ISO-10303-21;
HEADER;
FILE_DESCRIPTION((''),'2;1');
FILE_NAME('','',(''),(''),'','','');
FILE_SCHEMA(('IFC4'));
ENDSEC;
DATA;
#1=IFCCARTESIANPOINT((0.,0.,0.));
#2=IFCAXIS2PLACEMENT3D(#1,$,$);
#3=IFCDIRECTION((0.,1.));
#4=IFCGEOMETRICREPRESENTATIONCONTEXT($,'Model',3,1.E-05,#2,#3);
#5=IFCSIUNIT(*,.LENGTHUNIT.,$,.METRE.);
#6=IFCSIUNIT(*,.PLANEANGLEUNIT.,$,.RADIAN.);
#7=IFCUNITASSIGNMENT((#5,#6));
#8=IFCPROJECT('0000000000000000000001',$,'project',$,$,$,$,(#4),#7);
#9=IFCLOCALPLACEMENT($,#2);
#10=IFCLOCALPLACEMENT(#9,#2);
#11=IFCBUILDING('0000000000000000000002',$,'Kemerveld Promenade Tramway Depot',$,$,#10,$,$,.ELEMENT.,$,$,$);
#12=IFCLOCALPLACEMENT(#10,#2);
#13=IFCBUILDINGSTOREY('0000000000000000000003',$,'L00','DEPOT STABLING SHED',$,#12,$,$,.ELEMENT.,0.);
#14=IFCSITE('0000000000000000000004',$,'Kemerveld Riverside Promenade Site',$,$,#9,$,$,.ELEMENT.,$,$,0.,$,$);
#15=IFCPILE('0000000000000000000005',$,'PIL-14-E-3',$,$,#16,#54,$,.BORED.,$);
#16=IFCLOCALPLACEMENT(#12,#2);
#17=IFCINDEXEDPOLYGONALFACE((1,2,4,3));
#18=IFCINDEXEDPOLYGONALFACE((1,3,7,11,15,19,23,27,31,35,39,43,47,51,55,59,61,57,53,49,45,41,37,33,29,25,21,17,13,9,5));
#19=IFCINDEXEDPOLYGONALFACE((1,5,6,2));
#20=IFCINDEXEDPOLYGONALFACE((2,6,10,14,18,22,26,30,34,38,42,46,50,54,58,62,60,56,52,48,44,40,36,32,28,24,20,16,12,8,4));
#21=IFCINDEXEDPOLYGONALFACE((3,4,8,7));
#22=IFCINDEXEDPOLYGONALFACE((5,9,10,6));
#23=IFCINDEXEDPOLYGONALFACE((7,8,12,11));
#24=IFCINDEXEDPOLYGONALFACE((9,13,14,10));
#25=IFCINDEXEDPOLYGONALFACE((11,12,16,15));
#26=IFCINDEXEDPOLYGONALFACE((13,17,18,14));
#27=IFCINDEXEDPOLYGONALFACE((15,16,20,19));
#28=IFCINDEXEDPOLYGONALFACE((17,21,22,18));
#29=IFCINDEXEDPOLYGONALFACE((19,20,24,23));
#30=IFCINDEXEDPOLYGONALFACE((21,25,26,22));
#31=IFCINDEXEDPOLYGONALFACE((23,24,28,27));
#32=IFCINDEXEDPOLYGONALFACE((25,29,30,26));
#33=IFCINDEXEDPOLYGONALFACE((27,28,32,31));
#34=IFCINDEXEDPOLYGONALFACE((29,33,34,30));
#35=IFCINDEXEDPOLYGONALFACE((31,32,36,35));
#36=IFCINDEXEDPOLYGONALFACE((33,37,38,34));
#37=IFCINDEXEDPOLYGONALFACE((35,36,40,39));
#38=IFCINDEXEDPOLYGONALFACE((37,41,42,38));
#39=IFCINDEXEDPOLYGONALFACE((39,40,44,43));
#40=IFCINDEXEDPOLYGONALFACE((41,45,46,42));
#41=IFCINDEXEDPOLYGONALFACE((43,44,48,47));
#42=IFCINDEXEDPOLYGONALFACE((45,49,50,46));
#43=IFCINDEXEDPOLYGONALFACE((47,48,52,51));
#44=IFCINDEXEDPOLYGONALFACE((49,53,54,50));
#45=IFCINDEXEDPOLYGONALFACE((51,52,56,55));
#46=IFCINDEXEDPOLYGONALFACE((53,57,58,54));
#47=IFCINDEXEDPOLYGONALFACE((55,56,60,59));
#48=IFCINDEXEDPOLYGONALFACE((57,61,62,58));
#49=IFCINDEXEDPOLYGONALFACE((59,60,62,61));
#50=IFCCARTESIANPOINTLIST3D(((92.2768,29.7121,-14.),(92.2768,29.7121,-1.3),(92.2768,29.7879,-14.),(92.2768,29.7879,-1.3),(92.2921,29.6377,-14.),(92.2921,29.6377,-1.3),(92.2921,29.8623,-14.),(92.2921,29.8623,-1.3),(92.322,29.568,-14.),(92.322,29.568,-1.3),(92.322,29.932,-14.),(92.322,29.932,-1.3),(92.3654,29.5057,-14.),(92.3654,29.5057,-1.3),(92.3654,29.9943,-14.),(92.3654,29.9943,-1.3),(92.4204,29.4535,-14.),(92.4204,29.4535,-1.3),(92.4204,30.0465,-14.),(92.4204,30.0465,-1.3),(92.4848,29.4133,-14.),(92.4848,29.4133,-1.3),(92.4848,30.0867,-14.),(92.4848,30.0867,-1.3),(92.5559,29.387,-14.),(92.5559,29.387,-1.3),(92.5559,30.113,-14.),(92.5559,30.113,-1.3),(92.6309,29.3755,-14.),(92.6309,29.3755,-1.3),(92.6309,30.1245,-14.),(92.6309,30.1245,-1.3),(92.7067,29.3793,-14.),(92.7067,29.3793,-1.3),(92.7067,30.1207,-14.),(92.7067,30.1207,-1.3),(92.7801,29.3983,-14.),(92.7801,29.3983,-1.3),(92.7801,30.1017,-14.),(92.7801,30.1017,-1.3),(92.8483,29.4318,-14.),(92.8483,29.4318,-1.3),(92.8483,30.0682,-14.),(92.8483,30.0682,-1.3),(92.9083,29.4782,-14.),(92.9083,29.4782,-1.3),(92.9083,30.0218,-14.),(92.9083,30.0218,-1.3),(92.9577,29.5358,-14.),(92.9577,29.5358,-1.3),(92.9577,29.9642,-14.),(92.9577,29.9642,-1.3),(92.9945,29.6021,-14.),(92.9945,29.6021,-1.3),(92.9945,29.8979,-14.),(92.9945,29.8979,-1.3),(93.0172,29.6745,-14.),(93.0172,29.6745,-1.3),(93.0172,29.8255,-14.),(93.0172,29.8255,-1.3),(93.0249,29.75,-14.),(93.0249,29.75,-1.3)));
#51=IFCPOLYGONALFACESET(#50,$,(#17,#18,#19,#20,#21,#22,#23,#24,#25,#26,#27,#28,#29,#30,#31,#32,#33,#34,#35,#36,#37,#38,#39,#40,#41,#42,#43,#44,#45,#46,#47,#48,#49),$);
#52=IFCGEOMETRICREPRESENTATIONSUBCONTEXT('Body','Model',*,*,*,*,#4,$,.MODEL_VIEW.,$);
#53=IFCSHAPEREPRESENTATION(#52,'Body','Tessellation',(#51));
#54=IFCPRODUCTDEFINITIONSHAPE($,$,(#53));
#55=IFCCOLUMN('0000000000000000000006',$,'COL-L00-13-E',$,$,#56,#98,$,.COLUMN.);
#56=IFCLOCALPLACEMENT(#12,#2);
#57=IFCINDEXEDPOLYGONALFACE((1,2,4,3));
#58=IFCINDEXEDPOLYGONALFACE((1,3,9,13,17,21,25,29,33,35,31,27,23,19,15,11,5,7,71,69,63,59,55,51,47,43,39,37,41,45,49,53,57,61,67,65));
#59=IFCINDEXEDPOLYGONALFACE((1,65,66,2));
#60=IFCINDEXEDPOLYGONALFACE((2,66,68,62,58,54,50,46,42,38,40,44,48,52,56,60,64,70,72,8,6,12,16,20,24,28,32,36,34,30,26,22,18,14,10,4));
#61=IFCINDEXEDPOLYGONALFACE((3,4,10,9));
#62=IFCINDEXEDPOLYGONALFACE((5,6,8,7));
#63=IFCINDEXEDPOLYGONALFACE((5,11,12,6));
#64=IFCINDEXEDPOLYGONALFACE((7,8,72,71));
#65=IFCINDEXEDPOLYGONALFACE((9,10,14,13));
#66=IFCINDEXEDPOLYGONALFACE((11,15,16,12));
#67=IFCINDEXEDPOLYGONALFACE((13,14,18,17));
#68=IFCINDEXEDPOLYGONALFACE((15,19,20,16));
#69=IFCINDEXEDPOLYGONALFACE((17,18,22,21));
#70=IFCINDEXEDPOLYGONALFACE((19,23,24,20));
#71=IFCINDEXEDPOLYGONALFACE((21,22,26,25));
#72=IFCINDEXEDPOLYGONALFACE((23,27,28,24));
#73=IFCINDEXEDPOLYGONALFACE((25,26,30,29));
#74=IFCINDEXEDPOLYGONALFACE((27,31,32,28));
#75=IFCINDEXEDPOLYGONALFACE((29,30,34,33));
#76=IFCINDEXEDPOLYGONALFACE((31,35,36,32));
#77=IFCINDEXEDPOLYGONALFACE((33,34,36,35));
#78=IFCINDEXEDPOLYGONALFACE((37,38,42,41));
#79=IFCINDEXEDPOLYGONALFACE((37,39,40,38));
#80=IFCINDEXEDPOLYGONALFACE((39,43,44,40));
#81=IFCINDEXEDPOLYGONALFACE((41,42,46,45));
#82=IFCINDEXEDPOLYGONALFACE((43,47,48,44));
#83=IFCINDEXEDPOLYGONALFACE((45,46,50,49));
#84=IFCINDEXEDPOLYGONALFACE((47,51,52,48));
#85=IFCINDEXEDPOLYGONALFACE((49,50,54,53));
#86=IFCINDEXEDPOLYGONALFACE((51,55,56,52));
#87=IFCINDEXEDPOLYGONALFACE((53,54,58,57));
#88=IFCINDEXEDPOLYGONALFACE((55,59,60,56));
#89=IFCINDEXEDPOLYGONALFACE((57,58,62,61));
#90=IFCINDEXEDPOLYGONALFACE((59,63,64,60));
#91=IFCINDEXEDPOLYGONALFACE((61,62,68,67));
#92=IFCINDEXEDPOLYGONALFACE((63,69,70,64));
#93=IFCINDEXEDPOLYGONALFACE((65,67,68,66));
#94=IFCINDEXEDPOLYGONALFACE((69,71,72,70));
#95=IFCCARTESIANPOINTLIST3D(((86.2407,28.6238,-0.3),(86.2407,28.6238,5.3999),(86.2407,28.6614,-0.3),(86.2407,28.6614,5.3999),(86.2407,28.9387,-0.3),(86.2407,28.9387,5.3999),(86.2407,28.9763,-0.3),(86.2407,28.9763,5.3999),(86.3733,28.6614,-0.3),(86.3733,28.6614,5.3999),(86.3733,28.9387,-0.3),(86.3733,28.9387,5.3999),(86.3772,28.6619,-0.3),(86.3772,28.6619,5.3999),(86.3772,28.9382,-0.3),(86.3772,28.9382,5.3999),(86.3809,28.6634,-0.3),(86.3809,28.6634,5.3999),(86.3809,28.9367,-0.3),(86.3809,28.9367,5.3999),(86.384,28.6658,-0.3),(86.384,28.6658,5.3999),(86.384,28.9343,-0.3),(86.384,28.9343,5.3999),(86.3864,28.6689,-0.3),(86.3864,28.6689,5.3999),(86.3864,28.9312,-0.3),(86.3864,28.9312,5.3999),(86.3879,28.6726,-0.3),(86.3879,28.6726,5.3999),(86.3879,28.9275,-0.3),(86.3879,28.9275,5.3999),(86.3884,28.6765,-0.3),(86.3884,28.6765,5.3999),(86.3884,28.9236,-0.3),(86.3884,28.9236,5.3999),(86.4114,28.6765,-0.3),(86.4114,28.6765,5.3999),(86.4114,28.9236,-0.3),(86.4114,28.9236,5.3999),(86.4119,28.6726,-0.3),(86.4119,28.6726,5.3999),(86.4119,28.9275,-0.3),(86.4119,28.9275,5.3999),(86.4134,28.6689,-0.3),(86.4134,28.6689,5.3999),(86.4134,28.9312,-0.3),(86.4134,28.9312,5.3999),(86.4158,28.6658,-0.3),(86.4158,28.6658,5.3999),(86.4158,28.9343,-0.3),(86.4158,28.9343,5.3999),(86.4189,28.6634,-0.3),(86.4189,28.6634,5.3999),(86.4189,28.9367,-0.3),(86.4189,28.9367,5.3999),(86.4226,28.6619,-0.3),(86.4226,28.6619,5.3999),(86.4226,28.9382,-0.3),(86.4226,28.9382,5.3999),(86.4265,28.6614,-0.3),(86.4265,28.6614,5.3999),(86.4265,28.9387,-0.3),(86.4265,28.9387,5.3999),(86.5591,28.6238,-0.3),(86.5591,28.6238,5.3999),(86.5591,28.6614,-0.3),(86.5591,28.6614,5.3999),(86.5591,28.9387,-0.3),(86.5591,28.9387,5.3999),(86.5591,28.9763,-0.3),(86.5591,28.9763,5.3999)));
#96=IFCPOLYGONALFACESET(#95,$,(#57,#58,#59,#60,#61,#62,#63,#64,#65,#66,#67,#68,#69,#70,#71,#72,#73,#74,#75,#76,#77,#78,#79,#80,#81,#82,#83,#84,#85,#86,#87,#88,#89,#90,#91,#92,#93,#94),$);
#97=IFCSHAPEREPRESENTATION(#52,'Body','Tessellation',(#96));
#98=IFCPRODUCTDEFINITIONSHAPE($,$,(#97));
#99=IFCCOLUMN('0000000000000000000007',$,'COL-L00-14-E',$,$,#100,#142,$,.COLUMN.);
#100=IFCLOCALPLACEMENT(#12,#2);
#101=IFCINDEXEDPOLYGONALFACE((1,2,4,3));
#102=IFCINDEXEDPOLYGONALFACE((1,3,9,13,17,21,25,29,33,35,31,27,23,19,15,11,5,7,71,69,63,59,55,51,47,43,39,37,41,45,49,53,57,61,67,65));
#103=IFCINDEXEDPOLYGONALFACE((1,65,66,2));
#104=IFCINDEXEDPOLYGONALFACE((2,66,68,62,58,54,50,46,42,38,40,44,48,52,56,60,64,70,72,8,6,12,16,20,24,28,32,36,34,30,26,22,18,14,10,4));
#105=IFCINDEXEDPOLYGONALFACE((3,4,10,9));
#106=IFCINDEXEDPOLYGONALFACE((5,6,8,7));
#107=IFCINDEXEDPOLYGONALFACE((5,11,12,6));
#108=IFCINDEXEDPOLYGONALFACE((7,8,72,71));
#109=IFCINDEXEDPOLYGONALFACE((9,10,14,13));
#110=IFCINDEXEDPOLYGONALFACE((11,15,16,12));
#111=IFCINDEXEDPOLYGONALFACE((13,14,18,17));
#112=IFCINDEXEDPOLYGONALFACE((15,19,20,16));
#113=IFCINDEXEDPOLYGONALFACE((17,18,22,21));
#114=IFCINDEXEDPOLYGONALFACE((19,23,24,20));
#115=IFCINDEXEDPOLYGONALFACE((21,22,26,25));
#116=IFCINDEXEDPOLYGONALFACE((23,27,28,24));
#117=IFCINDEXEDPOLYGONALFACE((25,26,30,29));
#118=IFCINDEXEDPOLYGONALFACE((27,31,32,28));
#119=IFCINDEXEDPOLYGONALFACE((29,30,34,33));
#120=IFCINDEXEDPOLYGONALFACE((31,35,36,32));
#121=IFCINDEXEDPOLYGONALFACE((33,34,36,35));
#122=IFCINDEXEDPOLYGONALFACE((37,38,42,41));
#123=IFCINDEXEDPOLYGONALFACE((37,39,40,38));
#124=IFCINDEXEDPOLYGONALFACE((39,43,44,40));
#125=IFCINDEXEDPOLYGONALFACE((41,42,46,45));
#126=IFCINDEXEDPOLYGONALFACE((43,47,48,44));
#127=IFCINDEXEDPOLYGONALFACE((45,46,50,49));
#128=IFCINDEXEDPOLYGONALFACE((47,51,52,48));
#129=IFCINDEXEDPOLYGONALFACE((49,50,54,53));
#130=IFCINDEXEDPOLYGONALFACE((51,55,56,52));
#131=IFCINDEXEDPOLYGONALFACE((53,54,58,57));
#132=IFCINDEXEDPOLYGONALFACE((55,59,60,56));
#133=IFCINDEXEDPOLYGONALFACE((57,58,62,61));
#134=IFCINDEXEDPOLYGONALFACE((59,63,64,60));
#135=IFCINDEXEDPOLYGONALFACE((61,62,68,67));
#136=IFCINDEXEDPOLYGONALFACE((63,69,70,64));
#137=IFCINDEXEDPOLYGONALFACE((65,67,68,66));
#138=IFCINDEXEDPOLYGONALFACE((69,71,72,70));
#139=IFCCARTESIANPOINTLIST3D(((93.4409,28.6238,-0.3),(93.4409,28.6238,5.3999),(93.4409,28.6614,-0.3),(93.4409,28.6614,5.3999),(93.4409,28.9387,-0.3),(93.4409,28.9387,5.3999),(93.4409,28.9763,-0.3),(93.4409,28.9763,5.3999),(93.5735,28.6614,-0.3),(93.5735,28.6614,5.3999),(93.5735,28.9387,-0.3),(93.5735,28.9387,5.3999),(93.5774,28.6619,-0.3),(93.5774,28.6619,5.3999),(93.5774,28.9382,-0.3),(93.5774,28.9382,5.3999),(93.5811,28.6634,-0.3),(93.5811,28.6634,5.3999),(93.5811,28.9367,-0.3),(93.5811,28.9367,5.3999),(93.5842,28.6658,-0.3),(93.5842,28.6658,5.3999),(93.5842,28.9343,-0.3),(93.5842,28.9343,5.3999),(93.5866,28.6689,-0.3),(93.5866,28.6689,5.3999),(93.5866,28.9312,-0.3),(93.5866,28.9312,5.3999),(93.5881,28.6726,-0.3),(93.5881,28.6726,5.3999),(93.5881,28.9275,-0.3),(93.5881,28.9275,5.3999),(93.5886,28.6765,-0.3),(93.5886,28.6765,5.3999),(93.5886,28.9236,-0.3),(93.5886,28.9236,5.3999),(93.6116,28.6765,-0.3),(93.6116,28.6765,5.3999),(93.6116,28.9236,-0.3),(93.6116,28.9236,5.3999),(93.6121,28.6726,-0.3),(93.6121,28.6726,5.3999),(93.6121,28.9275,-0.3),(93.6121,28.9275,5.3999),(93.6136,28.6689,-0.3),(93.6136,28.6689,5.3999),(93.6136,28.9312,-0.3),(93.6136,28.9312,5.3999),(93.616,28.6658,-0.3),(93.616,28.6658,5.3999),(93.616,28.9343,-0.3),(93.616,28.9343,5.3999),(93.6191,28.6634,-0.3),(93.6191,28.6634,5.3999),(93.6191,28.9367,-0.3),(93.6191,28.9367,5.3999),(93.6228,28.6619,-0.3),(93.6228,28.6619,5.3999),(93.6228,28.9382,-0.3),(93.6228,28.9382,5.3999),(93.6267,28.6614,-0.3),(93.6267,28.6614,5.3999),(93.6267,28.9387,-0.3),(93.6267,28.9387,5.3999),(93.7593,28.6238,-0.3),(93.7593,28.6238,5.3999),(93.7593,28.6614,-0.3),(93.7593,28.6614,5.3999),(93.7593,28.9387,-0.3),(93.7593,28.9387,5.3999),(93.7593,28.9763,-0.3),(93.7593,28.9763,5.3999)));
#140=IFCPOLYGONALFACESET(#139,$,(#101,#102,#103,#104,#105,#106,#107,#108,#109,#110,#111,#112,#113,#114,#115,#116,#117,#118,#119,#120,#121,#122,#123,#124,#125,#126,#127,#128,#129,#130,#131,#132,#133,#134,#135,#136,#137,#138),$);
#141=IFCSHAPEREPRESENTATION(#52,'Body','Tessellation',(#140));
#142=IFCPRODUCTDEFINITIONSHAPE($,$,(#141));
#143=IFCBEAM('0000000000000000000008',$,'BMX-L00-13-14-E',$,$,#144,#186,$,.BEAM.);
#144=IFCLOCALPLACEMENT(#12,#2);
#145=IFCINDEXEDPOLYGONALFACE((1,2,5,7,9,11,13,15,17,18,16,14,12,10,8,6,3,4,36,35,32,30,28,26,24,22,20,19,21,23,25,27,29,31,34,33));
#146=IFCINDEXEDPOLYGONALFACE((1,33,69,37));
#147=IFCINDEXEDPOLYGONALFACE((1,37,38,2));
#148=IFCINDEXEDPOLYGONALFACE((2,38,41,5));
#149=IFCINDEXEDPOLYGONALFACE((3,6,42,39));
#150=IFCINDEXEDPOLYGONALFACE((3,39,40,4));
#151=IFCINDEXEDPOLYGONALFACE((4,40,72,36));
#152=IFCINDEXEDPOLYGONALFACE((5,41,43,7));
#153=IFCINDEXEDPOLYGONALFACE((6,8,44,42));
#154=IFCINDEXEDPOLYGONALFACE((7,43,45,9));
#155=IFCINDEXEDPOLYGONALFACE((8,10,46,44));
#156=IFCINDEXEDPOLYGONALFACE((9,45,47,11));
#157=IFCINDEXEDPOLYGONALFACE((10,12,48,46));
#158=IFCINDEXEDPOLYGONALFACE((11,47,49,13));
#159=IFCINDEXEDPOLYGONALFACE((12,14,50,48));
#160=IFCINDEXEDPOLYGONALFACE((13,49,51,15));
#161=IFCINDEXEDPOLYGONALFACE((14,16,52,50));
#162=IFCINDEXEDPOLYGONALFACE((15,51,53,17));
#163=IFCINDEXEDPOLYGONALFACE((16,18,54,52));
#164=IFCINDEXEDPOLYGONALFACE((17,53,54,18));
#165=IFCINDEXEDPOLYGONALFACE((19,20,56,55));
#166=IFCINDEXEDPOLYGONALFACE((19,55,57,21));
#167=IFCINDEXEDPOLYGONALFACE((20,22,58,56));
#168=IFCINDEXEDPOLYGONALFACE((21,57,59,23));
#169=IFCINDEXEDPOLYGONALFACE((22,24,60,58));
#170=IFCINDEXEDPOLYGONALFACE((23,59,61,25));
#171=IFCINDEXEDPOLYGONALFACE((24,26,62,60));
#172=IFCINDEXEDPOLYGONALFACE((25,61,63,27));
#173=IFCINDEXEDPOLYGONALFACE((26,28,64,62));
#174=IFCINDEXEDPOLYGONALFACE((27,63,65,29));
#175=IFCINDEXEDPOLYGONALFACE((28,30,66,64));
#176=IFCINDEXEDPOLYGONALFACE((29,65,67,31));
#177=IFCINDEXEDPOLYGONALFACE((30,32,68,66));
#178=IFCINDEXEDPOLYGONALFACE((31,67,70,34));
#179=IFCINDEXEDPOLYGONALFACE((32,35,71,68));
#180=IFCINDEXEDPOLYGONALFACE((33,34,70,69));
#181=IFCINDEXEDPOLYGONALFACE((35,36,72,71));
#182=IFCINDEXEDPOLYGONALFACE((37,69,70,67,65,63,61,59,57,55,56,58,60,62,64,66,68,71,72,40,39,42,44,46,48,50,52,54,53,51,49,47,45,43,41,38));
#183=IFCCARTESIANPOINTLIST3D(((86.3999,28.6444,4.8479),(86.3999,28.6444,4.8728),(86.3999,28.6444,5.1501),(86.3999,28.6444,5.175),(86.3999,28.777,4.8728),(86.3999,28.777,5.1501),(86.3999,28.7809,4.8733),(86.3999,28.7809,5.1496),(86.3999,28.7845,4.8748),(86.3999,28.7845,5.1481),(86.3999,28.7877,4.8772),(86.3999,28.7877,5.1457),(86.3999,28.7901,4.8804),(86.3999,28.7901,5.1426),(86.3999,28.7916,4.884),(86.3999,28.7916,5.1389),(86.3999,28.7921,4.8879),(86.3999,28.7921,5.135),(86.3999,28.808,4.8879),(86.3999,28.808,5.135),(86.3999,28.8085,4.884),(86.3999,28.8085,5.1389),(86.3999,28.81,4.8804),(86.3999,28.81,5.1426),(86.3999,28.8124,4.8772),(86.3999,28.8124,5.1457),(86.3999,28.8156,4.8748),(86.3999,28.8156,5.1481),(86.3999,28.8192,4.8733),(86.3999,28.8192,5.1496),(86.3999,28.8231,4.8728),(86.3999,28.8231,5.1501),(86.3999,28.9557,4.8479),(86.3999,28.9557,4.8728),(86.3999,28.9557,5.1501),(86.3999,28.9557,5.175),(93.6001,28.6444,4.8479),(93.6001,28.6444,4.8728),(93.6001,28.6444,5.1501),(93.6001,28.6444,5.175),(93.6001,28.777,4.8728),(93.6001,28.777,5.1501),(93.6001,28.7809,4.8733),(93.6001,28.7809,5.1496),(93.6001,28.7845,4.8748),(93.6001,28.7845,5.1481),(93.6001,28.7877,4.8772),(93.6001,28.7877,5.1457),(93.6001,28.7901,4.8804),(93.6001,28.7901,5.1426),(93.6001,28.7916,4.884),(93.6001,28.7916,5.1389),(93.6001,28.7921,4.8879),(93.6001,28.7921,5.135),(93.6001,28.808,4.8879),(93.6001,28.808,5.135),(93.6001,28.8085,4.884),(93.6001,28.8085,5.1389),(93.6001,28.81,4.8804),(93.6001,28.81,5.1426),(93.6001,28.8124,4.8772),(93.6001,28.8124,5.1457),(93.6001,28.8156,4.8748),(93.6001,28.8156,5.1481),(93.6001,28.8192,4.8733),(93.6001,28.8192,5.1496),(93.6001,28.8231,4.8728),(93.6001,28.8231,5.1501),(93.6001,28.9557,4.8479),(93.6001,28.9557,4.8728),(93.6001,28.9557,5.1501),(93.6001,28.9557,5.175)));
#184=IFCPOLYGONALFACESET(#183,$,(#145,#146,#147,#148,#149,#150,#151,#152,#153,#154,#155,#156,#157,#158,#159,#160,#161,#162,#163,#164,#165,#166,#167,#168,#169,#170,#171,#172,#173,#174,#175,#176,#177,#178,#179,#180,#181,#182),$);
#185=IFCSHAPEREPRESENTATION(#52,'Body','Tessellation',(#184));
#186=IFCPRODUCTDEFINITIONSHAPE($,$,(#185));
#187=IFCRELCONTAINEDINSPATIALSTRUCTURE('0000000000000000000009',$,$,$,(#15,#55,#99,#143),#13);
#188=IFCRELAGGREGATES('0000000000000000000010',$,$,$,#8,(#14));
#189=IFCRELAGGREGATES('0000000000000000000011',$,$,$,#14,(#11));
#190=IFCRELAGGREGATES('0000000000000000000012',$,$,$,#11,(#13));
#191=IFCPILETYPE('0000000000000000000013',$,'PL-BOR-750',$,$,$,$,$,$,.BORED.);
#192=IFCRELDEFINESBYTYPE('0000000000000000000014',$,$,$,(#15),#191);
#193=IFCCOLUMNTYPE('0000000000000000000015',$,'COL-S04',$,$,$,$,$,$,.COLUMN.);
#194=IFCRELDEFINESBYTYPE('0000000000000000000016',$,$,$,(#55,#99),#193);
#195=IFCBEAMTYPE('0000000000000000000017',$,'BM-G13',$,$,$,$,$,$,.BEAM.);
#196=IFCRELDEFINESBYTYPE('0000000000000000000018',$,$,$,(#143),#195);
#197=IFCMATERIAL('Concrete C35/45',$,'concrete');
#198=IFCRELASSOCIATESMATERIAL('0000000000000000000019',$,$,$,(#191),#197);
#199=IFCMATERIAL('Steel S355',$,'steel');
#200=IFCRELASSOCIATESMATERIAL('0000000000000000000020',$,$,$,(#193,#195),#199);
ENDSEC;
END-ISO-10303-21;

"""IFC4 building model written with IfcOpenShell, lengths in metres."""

from ifc_helpers import new_model, si_unit, direction, frame, origin, origin_2d, place, context, subcontext, project, spatial, circle, i_section, extrude, material, material_profile, profile_set, type_object, element, save


model = new_model("IFC4")

# Units and contexts
model_context = context("Model", 3, precision=1e-05, world=origin(), true_north=direction((0.0, 1.0)))
body_context = subcontext(model_context, "Body", "Model", "MODEL_VIEW")
ifc_project = project(units=[si_unit("LENGTHUNIT", "METRE"), si_unit("PLANEANGLEUNIT", "RADIAN")], contexts=[model_context])

# Site, building, storey
site_placement = place(None, origin())
site = spatial("IfcSite", under=ifc_project, at=site_placement, Name="Kemerveld Riverside Promenade Site", CompositionType="ELEMENT", RefElevation=0.0)
building_placement = place(site_placement, origin())
building = spatial("IfcBuilding", under=site, at=building_placement, Name="Kemerveld Promenade Tramway Depot", CompositionType="ELEMENT")
storey_placement = place(building_placement, origin())
storey = spatial("IfcBuildingStorey", under=building, at=storey_placement, Name="L00", Description="DEPOT STABLING SHED", CompositionType="ELEMENT", Elevation=0.0)

# Shared definitions
ifc_material_1 = material(Name="Concrete C35/45", Category="concrete")

# Pile
ifc_material_profile_1 = material_profile(ifc_material_1, circle(Radius=0.375, at=origin_2d()), Name="PILE-D750")
ifc_profile_set_1 = profile_set([ifc_material_profile_1], Name="Concrete C35/45")
pile_type = type_object("IfcPileType", Name="PL-BOR-750", PredefinedType="BORED", material=ifc_profile_set_1)
for number, where, z_axis, x_axis, name in (
    (1, (92.6499, 29.75, -1.3), (0.0, 0.0, -1.0), (1.0, 0.0, 0.0), "PIL-14-E-3"),
):
    element("IfcPile", number, at=place(storey_placement, frame(where, z_axis=z_axis, x_axis=x_axis)), inside=storey, type_object=pile_type, Name=name, PredefinedType="BORED", context=body_context, shape_type="SweptSolid", body=[
        extrude(circle(Radius=0.375, at=origin_2d()), origin(), (0.0, 0.0, 1.0), 12.7),
    ])

# Columns
ifc_material_2 = material(Name="Steel S355", Category="steel")
ifc_material_profile_2 = material_profile(ifc_material_2, i_section(OverallWidth=0.3184, OverallDepth=0.3525, WebThickness=0.0229, FlangeThickness=0.0376, FilletRadius=0.0151, at=origin_2d()), Name="305x305x240 UC")
ifc_profile_set_2 = profile_set([ifc_material_profile_2], Name="Steel S355")
column_type = type_object("IfcColumnType", Name="COL-S04", PredefinedType="COLUMN", material=ifc_profile_set_2)
for number, where, z_axis, x_axis, name in (
    (2, (86.3999, 28.8, -0.3), (0.0, 0.0, 1.0), (1.0, 0.0, 0.0), "COL-L00-13-E"),
    (3, (93.6001, 28.8, -0.3), (0.0, 0.0, 1.0), (1.0, 0.0, 0.0), "COL-L00-14-E"),
):
    element("IfcColumn", number, at=place(storey_placement, frame(where, z_axis=z_axis, x_axis=x_axis)), inside=storey, type_object=column_type, Name=name, PredefinedType="COLUMN", context=body_context, shape_type="SweptSolid", body=[
        extrude(i_section(OverallWidth=0.3184, OverallDepth=0.3525, WebThickness=0.0229, FlangeThickness=0.0376, FilletRadius=0.0151, at=origin_2d()), origin(), (0.0, 0.0, 1.0), 5.7),
    ])

# Beam
ifc_material_profile_3 = material_profile(ifc_material_2, i_section(OverallWidth=0.3113, OverallDepth=0.3271, WebThickness=0.0159, FlangeThickness=0.0249, FilletRadius=0.0151, at=origin_2d()), Name="305x305x158 UC")
ifc_profile_set_3 = profile_set([ifc_material_profile_3], Name="Steel S355")
beam_type_1 = type_object("IfcBeamType", Name="BM-G13", PredefinedType="BEAM", material=ifc_profile_set_3)
beam_1_placement = place(storey_placement, frame((86.3999, 28.8, 5.0115), z_axis=(1.0, 0.0, 0.0), x_axis=(0.0, 1.0, 0.0)))
element("IfcBeam", 4, at=beam_1_placement, inside=storey, type_object=beam_type_1, Name="BMX-L00-13-14-E", PredefinedType="BEAM", context=body_context, shape_type="SweptSolid", body=[
    extrude(i_section(OverallWidth=0.3113, OverallDepth=0.3271, WebThickness=0.0159, FlangeThickness=0.0249, FilletRadius=0.0151, at=origin_2d()), origin(), (0.0, 0.0, 1.0), 7.2002),
])

save(model, "model.ifc")
